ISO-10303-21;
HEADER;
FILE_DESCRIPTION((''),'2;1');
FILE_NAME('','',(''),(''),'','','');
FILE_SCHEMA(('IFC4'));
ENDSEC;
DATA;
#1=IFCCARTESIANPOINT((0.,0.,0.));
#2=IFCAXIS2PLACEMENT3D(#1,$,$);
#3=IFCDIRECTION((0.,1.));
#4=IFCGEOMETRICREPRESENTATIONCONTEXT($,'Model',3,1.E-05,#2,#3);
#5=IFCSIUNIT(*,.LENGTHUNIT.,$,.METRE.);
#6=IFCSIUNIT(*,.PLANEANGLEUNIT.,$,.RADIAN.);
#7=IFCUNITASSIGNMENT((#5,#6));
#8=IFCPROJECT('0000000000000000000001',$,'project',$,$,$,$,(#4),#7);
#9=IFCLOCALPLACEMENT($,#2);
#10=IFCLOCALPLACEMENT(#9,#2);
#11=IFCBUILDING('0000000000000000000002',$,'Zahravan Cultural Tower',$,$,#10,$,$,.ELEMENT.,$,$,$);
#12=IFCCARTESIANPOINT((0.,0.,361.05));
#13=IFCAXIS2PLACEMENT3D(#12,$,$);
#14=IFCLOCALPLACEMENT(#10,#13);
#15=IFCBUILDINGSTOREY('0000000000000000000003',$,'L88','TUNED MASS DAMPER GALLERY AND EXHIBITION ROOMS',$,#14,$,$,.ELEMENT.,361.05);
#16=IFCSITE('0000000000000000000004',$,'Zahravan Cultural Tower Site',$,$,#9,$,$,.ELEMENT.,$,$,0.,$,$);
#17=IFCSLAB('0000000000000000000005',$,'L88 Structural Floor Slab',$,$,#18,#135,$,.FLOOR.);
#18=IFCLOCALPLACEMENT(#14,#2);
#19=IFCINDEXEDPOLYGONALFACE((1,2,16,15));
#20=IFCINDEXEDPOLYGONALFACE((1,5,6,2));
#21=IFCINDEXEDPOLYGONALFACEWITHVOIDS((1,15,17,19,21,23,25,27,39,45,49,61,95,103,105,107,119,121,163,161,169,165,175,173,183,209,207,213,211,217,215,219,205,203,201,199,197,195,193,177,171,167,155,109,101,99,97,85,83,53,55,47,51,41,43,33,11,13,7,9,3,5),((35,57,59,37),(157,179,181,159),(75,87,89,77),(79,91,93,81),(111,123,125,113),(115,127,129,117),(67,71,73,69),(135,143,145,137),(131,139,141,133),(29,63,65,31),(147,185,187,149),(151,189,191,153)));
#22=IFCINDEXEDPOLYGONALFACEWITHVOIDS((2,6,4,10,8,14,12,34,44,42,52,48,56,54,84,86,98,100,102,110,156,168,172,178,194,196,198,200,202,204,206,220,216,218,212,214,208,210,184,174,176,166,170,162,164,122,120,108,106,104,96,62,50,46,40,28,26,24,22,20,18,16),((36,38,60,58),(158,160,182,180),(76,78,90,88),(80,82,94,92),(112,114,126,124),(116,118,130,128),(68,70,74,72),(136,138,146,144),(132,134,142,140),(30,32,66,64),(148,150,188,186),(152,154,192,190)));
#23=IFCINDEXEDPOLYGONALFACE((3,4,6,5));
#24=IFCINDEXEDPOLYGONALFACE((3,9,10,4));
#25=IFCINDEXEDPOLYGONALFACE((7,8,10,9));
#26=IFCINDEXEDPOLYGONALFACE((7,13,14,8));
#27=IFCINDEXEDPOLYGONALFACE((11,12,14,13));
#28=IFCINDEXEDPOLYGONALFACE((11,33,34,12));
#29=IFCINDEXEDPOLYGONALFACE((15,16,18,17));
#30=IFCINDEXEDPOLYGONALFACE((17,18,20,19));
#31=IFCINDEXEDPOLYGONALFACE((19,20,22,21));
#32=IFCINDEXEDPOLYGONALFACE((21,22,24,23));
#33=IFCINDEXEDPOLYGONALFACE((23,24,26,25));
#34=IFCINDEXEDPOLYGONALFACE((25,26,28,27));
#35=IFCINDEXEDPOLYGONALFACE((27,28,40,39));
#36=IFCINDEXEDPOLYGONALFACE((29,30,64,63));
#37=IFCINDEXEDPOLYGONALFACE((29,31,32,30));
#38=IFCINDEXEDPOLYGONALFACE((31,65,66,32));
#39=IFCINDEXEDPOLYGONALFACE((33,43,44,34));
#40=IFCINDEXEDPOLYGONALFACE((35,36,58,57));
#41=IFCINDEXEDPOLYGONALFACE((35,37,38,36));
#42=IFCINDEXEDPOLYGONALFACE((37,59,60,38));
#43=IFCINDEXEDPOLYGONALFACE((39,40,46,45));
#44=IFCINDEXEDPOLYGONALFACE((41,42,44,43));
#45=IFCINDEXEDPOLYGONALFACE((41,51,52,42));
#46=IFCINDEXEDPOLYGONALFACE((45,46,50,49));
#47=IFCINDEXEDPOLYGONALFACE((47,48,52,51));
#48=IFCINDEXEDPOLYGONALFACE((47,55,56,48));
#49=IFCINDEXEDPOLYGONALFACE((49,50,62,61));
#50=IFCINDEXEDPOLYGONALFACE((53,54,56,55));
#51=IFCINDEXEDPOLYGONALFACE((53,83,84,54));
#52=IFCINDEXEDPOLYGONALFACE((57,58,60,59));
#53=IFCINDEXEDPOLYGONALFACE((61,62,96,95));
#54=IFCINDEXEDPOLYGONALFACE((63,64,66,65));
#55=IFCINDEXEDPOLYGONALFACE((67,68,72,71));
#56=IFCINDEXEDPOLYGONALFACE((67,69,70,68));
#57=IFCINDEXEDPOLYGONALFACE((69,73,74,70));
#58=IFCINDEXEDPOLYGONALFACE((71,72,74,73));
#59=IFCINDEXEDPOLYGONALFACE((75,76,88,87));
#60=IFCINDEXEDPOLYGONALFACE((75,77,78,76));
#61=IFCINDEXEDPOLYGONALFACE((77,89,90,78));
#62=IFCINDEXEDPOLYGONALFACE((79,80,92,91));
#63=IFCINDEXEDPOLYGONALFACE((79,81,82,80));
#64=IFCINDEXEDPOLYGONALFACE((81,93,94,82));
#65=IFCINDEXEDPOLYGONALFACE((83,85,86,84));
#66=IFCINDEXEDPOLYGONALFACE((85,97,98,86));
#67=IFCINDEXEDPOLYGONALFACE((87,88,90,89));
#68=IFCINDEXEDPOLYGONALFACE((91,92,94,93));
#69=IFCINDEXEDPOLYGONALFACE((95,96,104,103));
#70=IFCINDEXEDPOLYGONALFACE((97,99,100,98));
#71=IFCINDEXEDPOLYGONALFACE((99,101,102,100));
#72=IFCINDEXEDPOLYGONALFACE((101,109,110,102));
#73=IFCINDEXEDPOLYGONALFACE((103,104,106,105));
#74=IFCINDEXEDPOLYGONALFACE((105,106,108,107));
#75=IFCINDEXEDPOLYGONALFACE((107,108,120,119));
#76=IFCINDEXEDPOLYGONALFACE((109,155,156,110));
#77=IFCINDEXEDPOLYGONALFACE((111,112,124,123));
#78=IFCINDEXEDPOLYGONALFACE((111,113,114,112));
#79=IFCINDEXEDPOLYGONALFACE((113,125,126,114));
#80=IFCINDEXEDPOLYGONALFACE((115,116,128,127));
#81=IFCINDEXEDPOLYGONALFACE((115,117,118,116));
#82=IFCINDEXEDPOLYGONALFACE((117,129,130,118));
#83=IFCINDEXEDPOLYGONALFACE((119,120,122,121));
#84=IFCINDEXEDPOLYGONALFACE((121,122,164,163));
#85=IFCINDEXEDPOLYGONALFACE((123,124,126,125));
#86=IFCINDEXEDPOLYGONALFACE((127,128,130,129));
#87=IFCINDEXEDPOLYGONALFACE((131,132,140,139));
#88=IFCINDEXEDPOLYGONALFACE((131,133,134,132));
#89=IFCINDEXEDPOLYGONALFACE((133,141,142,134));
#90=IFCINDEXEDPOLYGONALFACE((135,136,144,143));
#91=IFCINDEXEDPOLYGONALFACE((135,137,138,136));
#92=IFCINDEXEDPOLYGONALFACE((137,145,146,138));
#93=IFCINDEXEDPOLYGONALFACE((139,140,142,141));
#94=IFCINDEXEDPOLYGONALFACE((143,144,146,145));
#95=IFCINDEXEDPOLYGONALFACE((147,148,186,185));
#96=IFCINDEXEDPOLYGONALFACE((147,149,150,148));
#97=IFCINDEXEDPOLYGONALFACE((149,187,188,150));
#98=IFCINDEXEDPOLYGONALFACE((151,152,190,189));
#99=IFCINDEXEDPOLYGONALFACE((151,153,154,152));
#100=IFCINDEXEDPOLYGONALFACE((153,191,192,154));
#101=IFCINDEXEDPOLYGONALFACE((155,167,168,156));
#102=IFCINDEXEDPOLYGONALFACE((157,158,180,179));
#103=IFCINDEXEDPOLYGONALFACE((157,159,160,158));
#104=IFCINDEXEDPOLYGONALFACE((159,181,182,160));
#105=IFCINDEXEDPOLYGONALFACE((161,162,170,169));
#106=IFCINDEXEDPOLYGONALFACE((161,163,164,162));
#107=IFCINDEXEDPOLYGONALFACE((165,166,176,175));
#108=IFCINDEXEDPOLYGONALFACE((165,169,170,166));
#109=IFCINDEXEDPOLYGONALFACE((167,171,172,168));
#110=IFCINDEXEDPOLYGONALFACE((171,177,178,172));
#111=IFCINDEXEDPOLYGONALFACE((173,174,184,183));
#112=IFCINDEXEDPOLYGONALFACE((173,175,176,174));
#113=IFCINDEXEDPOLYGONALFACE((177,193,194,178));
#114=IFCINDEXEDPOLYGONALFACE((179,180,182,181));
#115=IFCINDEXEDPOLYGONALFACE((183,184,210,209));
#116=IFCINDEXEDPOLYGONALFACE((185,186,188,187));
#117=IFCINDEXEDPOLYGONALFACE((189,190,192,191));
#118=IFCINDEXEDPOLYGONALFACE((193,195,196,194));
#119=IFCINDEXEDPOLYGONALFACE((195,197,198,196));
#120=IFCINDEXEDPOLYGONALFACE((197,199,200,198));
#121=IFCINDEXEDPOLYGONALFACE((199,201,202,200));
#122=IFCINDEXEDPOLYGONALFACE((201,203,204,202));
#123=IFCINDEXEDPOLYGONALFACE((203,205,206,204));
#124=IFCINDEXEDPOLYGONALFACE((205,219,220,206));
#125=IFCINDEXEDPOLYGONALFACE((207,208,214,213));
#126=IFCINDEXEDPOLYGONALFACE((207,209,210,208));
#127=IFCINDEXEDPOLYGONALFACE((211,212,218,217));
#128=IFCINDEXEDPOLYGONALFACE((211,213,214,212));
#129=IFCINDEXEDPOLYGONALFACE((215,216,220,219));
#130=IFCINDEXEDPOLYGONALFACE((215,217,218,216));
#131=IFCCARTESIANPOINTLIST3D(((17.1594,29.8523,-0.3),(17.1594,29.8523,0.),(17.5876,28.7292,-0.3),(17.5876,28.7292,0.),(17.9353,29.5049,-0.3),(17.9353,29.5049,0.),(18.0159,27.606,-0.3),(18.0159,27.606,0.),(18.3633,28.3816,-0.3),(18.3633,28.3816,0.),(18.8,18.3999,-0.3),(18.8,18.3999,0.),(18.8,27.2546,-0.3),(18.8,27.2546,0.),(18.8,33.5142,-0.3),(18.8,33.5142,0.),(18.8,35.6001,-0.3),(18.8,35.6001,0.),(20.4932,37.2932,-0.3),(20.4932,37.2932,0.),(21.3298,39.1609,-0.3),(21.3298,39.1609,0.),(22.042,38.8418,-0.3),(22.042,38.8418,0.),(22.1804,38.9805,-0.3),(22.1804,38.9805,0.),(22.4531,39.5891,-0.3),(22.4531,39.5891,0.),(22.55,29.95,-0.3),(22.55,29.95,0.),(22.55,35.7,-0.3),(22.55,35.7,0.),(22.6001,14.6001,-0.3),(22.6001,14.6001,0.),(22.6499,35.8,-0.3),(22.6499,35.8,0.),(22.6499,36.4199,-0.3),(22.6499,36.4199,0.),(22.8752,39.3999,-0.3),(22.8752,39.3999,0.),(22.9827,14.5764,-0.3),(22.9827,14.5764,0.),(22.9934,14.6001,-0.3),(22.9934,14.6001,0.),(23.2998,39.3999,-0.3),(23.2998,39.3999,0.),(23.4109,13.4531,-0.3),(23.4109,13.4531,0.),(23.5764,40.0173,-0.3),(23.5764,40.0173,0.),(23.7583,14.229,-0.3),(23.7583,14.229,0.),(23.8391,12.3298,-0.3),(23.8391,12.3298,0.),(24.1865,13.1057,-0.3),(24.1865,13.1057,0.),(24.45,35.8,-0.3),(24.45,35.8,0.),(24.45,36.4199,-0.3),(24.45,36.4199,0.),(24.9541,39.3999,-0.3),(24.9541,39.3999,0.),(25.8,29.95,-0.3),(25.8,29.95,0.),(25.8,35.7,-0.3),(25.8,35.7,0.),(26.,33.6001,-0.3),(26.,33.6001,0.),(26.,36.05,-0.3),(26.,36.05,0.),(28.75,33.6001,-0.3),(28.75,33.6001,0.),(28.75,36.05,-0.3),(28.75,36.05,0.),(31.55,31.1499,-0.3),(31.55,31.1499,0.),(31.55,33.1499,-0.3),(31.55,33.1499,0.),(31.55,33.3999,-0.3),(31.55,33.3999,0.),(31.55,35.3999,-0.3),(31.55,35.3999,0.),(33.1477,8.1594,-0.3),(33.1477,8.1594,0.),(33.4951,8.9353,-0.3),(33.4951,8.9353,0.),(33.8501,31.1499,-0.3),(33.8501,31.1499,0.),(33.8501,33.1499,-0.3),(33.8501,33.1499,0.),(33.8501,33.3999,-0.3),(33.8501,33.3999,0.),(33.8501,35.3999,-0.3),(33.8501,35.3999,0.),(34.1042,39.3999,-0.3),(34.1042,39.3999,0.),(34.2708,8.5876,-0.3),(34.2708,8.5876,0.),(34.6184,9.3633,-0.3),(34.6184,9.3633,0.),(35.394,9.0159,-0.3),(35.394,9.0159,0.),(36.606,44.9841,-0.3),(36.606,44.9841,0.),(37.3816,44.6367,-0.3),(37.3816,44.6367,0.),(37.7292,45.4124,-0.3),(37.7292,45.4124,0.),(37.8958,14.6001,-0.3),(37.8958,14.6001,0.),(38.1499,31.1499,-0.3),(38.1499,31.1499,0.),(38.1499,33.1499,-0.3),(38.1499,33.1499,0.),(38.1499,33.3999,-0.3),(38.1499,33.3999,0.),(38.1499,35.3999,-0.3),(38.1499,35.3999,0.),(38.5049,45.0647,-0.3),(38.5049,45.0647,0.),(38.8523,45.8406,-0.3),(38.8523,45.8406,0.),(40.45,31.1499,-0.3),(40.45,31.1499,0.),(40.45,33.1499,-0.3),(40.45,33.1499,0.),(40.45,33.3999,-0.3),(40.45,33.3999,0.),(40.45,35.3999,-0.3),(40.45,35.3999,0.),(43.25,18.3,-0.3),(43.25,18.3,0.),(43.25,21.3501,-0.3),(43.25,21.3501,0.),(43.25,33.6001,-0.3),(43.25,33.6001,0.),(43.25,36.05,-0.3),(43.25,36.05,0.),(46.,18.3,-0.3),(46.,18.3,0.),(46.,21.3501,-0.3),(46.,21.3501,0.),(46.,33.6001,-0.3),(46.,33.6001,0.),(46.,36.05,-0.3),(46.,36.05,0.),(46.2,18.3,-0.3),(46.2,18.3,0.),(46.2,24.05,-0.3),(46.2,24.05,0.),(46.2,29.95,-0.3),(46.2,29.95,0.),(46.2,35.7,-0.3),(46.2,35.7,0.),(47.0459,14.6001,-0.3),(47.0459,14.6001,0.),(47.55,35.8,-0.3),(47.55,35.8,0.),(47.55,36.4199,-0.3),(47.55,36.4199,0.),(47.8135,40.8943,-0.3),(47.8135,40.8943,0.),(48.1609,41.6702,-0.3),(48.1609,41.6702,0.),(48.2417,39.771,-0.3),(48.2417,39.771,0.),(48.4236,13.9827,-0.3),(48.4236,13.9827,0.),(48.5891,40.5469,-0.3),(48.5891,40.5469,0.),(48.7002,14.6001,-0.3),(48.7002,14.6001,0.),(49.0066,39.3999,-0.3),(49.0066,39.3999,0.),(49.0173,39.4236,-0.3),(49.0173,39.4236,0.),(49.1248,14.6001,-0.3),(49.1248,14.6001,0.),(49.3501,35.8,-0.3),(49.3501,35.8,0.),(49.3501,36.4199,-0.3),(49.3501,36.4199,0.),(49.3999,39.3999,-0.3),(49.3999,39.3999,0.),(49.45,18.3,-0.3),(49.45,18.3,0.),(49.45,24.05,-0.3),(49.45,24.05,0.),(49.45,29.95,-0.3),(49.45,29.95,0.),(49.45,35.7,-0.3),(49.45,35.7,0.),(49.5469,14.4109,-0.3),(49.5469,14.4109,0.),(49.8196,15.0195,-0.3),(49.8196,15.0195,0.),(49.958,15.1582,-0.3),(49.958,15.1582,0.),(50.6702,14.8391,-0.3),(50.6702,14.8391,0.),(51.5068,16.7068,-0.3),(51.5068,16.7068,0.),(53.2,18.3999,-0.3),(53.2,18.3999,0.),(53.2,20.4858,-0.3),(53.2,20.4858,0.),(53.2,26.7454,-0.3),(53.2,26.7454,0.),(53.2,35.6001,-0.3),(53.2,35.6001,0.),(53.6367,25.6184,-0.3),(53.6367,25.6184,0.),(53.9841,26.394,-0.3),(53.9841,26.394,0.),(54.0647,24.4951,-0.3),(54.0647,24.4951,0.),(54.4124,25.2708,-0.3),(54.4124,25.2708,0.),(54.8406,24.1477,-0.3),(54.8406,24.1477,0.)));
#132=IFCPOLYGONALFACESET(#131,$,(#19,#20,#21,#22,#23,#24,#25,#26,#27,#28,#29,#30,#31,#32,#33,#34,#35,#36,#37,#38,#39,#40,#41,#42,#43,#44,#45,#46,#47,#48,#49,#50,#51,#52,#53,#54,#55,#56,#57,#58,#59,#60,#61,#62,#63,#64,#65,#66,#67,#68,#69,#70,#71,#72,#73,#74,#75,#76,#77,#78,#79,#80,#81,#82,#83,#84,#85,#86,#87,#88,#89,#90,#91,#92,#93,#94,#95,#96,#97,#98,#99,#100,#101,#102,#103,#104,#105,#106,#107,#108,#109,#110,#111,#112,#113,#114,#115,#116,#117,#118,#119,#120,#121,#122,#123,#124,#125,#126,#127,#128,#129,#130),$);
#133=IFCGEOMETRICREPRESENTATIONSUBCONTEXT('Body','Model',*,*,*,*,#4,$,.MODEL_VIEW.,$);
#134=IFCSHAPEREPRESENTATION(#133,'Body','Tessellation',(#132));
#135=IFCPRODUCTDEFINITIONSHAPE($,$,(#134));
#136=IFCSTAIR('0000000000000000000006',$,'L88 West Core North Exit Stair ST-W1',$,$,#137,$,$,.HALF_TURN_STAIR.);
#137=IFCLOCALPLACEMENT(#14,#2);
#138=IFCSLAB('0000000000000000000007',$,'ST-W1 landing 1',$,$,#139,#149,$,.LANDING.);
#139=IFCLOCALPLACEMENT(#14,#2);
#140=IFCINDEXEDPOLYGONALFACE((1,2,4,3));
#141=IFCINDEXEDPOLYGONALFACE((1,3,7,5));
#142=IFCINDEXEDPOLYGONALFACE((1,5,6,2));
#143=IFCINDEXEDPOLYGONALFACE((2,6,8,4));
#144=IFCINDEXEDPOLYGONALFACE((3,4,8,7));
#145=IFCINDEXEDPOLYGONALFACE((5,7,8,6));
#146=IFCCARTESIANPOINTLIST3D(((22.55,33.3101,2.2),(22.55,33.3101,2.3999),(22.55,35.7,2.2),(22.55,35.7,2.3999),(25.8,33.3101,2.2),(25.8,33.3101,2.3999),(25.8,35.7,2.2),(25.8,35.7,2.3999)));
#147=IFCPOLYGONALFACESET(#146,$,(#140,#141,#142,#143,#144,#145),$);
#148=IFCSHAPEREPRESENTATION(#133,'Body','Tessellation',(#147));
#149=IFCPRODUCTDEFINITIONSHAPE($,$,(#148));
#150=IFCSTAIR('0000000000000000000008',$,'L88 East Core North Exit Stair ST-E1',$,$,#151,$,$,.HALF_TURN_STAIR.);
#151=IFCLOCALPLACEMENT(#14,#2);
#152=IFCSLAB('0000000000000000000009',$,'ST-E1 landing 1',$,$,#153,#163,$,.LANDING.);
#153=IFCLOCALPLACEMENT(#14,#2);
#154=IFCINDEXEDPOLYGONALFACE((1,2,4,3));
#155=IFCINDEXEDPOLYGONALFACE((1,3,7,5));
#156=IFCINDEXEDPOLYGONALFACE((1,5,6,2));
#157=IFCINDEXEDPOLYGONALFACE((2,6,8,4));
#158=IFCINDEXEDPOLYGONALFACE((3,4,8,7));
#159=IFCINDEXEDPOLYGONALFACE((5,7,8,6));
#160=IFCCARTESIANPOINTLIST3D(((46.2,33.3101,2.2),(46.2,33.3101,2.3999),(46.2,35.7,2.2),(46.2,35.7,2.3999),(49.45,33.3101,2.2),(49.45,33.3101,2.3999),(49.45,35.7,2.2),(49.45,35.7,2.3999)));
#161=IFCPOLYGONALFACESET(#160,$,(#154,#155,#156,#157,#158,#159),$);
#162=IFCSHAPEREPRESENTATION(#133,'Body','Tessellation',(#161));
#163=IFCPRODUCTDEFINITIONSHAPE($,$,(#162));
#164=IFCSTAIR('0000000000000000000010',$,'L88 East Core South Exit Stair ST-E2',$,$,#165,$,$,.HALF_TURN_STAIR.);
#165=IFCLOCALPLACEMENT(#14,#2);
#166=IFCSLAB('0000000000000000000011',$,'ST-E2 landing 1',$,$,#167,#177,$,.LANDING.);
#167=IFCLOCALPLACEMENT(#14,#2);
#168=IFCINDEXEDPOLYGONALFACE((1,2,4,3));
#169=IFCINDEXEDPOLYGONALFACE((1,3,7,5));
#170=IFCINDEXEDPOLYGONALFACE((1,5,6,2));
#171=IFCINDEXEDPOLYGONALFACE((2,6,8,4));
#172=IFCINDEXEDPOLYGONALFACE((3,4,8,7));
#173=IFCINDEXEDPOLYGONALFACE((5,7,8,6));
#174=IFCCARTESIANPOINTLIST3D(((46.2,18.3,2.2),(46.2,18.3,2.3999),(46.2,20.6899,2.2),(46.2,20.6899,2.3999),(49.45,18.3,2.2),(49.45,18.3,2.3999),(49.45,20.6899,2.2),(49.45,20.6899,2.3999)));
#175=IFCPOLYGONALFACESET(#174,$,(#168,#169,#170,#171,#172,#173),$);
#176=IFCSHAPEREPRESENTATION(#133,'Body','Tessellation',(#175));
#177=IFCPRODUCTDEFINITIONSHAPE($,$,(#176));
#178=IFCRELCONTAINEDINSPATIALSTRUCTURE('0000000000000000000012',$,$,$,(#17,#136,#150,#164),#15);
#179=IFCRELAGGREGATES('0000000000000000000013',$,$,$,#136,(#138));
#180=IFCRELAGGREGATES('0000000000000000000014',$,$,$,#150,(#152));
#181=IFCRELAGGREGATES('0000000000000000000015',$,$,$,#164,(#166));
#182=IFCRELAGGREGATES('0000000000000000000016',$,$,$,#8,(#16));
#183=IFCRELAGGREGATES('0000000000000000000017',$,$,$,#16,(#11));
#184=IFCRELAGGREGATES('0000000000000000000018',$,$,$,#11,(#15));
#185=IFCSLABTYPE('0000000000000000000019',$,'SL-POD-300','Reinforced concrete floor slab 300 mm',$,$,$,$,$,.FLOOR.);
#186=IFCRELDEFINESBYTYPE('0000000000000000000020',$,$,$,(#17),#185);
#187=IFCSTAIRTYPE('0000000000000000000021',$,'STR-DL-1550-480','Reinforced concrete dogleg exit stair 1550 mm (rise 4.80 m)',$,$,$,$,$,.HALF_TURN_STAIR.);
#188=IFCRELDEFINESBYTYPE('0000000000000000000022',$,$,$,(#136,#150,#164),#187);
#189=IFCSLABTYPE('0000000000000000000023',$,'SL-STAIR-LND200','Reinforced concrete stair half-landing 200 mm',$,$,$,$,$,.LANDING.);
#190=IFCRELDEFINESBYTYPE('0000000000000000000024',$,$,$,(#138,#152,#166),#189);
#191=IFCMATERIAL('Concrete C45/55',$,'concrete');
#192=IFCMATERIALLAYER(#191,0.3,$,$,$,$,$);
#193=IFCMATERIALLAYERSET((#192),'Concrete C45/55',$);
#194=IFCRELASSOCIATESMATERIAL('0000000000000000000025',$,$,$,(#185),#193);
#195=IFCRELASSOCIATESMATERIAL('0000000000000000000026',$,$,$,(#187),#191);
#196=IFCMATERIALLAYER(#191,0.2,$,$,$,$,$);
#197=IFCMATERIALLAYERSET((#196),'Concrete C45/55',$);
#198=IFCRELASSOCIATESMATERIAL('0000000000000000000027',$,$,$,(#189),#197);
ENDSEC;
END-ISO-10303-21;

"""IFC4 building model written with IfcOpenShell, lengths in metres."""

from ifc_helpers import new_model, si_unit, direction, frame, origin, place, context, subcontext, project, spatial, polyline, outline, extrude, material, layer, layer_set, type_object, element, aggregate, save


model = new_model("IFC4")

# Units and contexts
model_context = context("Model", 3, precision=1e-05, world=origin(), true_north=direction((0.0, 1.0)))
body_context = subcontext(model_context, "Body", "Model", "MODEL_VIEW")
ifc_project = project(units=[si_unit("LENGTHUNIT", "METRE"), si_unit("PLANEANGLEUNIT", "RADIAN")], contexts=[model_context])

# Site, building, storey
site_placement = place(None, origin())
site = spatial("IfcSite", under=ifc_project, at=site_placement, Name="Zahravan Cultural Tower Site", CompositionType="ELEMENT", RefElevation=0.0)
building_placement = place(site_placement, origin())
building = spatial("IfcBuilding", under=site, at=building_placement, Name="Zahravan Cultural Tower", CompositionType="ELEMENT")
storey_placement = place(building_placement, frame((0.0, 0.0, 361.05)))
storey = spatial("IfcBuildingStorey", under=building, at=storey_placement, Name="L88", Description="TUNED MASS DAMPER GALLERY AND EXHIBITION ROOMS", CompositionType="ELEMENT", Elevation=361.05)

# Slab
ifc_material_1 = material(Name="Concrete C45/55", Category="concrete")
ifc_layer_1 = layer(ifc_material_1, 0.3)
ifc_layer_set_1 = layer_set([ifc_layer_1], Name="Concrete C45/55")
slab_type_1 = type_object("IfcSlabType", Name="SL-POD-300", Description="Reinforced concrete floor slab 300 mm", PredefinedType="FLOOR", material=ifc_layer_set_1)
slab_1_placement = place(storey_placement, frame((0.0, 0.0, -0.3)))
element("IfcSlab", 1, at=slab_1_placement, inside=storey, type_object=slab_type_1, Name="L88 Structural Floor Slab", PredefinedType="FLOOR", context=body_context, shape_type="SweptSolid", body=[
    extrude(outline(polyline([(34.1042, 39.3999), (24.9541, 39.3999), (23.5764, 40.0173), (23.2998, 39.3999), (22.8752, 39.3999), (22.4531, 39.5891), (22.1804, 38.9805), (22.042, 38.8418), (21.3298, 39.1609), (20.4932, 37.2932), (18.8, 35.6001), (18.8, 33.5142), (17.1594, 29.8523), (17.9353, 29.5049), (17.5876, 28.7292), (18.3633, 28.3816), (18.0159, 27.606), (18.8, 27.2546), (18.8, 18.3999), (22.6001, 14.6001), (22.9934, 14.6001), (22.9827, 14.5764), (23.7583, 14.229), (23.4109, 13.4531), (24.1865, 13.1057), (23.8391, 12.3298), (33.1477, 8.1594), (33.4951, 8.9353), (34.2708, 8.5876), (34.6184, 9.3633), (35.394, 9.0159), (37.8958, 14.6001), (47.0459, 14.6001), (48.4236, 13.9827), (48.7002, 14.6001), (49.1248, 14.6001), (49.5469, 14.4109), (49.8196, 15.0195), (49.958, 15.1582), (50.6702, 14.8391), (51.5068, 16.7068), (53.2, 18.3999), (53.2, 20.4858), (54.8406, 24.1477), (54.0647, 24.4951), (54.4124, 25.2708), (53.6367, 25.6184), (53.9841, 26.394), (53.2, 26.7454), (53.2, 35.6001), (49.3999, 39.3999), (49.0066, 39.3999), (49.0173, 39.4236), (48.2417, 39.771), (48.5891, 40.5469), (47.8135, 40.8943), (48.1609, 41.6702), (38.8523, 45.8406), (38.5049, 45.0647), (37.7292, 45.4124), (37.3816, 44.6367), (36.606, 44.9841), (34.1042, 39.3999)]), holes=[polyline([(22.55, 29.95), (22.55, 35.7), (25.8, 35.7), (25.8, 29.95), (22.55, 29.95)]), polyline([(46.2, 29.95), (46.2, 35.7), (49.45, 35.7), (49.45, 29.95), (46.2, 29.95)]), polyline([(46.2, 18.3), (46.2, 24.05), (49.45, 24.05), (49.45, 18.3), (46.2, 18.3)]), polyline([(26.0, 33.6001), (26.0, 36.05), (28.75, 36.05), (28.75, 33.6001), (26.0, 33.6001)]), polyline([(43.25, 33.6001), (43.25, 36.05), (46.0, 36.05), (46.0, 33.6001), (43.25, 33.6001)]), polyline([(43.25, 18.3), (43.25, 21.3501), (46.0, 21.3501), (46.0, 18.3), (43.25, 18.3)]), polyline([(31.55, 33.3999), (31.55, 35.3999), (33.8501, 35.3999), (33.8501, 33.3999), (31.55, 33.3999)]), polyline([(31.55, 31.1499), (31.55, 33.1499), (33.8501, 33.1499), (33.8501, 31.1499), (31.55, 31.1499)]), polyline([(38.1499, 33.3999), (38.1499, 35.3999), (40.45, 35.3999), (40.45, 33.3999), (38.1499, 33.3999)]), polyline([(38.1499, 31.1499), (38.1499, 33.1499), (40.45, 33.1499), (40.45, 31.1499), (38.1499, 31.1499)]), polyline([(22.6499, 35.8), (22.6499, 36.4199), (24.45, 36.4199), (24.45, 35.8), (22.6499, 35.8)]), polyline([(47.55, 35.8), (47.55, 36.4199), (49.3501, 36.4199), (49.3501, 35.8), (47.55, 35.8)])]), origin(), (0.0, 0.0, 1.0), 0.3),
])

# Stairs, slabs
stair_type = type_object("IfcStairType", Name="STR-DL-1550-480", Description="Reinforced concrete dogleg exit stair 1550 mm (rise 4.80 m)", PredefinedType="HALF_TURN_STAIR", material=ifc_material_1)
stair_1_placement = place(storey_placement, origin())
stair_1 = element("IfcStair", 2, at=stair_1_placement, inside=storey, type_object=stair_type, Name="L88 West Core North Exit Stair ST-W1", PredefinedType="HALF_TURN_STAIR")
ifc_layer_2 = layer(ifc_material_1, 0.2)
ifc_layer_set_2 = layer_set([ifc_layer_2], Name="Concrete C45/55")
slab_type_2 = type_object("IfcSlabType", Name="SL-STAIR-LND200", Description="Reinforced concrete stair half-landing 200 mm", PredefinedType="LANDING", material=ifc_layer_set_2)
slab_2_placement = place(storey_placement, frame((0.0, 0.0, 2.2)))
slab_2 = element("IfcSlab", 3, at=slab_2_placement, type_object=slab_type_2, Name="ST-W1 landing 1", PredefinedType="LANDING", context=body_context, shape_type="SweptSolid", body=[
    extrude(outline(polyline([(25.8, 33.3101), (25.8, 35.7), (22.55, 35.7), (22.55, 33.3101), (25.8, 33.3101)])), origin(), (0.0, 0.0, 1.0), 0.2),
])
aggregate(stair_1, [slab_2])
stair_2_placement = place(storey_placement, origin())
stair_2 = element("IfcStair", 4, at=stair_2_placement, inside=storey, type_object=stair_type, Name="L88 East Core North Exit Stair ST-E1", PredefinedType="HALF_TURN_STAIR")
slab_3_placement = place(storey_placement, frame((0.0, 0.0, 2.2)))
slab_3 = element("IfcSlab", 5, at=slab_3_placement, type_object=slab_type_2, Name="ST-E1 landing 1", PredefinedType="LANDING", context=body_context, shape_type="SweptSolid", body=[
    extrude(outline(polyline([(49.45, 33.3101), (49.45, 35.7), (46.2, 35.7), (46.2, 33.3101), (49.45, 33.3101)])), origin(), (0.0, 0.0, 1.0), 0.2),
])
aggregate(stair_2, [slab_3])
stair_3_placement = place(storey_placement, origin())
stair_3 = element("IfcStair", 6, at=stair_3_placement, inside=storey, type_object=stair_type, Name="L88 East Core South Exit Stair ST-E2", PredefinedType="HALF_TURN_STAIR")
slab_4_placement = place(storey_placement, frame((0.0, 0.0, 2.2)))
slab_4 = element("IfcSlab", 7, at=slab_4_placement, type_object=slab_type_2, Name="ST-E2 landing 1", PredefinedType="LANDING", context=body_context, shape_type="SweptSolid", body=[
    extrude(outline(polyline([(46.2, 20.6899), (46.2, 18.3), (49.45, 18.3), (49.45, 20.6899), (46.2, 20.6899)])), origin(), (0.0, 0.0, 1.0), 0.2),
])
aggregate(stair_3, [slab_4])

save(model, "model.ifc")
